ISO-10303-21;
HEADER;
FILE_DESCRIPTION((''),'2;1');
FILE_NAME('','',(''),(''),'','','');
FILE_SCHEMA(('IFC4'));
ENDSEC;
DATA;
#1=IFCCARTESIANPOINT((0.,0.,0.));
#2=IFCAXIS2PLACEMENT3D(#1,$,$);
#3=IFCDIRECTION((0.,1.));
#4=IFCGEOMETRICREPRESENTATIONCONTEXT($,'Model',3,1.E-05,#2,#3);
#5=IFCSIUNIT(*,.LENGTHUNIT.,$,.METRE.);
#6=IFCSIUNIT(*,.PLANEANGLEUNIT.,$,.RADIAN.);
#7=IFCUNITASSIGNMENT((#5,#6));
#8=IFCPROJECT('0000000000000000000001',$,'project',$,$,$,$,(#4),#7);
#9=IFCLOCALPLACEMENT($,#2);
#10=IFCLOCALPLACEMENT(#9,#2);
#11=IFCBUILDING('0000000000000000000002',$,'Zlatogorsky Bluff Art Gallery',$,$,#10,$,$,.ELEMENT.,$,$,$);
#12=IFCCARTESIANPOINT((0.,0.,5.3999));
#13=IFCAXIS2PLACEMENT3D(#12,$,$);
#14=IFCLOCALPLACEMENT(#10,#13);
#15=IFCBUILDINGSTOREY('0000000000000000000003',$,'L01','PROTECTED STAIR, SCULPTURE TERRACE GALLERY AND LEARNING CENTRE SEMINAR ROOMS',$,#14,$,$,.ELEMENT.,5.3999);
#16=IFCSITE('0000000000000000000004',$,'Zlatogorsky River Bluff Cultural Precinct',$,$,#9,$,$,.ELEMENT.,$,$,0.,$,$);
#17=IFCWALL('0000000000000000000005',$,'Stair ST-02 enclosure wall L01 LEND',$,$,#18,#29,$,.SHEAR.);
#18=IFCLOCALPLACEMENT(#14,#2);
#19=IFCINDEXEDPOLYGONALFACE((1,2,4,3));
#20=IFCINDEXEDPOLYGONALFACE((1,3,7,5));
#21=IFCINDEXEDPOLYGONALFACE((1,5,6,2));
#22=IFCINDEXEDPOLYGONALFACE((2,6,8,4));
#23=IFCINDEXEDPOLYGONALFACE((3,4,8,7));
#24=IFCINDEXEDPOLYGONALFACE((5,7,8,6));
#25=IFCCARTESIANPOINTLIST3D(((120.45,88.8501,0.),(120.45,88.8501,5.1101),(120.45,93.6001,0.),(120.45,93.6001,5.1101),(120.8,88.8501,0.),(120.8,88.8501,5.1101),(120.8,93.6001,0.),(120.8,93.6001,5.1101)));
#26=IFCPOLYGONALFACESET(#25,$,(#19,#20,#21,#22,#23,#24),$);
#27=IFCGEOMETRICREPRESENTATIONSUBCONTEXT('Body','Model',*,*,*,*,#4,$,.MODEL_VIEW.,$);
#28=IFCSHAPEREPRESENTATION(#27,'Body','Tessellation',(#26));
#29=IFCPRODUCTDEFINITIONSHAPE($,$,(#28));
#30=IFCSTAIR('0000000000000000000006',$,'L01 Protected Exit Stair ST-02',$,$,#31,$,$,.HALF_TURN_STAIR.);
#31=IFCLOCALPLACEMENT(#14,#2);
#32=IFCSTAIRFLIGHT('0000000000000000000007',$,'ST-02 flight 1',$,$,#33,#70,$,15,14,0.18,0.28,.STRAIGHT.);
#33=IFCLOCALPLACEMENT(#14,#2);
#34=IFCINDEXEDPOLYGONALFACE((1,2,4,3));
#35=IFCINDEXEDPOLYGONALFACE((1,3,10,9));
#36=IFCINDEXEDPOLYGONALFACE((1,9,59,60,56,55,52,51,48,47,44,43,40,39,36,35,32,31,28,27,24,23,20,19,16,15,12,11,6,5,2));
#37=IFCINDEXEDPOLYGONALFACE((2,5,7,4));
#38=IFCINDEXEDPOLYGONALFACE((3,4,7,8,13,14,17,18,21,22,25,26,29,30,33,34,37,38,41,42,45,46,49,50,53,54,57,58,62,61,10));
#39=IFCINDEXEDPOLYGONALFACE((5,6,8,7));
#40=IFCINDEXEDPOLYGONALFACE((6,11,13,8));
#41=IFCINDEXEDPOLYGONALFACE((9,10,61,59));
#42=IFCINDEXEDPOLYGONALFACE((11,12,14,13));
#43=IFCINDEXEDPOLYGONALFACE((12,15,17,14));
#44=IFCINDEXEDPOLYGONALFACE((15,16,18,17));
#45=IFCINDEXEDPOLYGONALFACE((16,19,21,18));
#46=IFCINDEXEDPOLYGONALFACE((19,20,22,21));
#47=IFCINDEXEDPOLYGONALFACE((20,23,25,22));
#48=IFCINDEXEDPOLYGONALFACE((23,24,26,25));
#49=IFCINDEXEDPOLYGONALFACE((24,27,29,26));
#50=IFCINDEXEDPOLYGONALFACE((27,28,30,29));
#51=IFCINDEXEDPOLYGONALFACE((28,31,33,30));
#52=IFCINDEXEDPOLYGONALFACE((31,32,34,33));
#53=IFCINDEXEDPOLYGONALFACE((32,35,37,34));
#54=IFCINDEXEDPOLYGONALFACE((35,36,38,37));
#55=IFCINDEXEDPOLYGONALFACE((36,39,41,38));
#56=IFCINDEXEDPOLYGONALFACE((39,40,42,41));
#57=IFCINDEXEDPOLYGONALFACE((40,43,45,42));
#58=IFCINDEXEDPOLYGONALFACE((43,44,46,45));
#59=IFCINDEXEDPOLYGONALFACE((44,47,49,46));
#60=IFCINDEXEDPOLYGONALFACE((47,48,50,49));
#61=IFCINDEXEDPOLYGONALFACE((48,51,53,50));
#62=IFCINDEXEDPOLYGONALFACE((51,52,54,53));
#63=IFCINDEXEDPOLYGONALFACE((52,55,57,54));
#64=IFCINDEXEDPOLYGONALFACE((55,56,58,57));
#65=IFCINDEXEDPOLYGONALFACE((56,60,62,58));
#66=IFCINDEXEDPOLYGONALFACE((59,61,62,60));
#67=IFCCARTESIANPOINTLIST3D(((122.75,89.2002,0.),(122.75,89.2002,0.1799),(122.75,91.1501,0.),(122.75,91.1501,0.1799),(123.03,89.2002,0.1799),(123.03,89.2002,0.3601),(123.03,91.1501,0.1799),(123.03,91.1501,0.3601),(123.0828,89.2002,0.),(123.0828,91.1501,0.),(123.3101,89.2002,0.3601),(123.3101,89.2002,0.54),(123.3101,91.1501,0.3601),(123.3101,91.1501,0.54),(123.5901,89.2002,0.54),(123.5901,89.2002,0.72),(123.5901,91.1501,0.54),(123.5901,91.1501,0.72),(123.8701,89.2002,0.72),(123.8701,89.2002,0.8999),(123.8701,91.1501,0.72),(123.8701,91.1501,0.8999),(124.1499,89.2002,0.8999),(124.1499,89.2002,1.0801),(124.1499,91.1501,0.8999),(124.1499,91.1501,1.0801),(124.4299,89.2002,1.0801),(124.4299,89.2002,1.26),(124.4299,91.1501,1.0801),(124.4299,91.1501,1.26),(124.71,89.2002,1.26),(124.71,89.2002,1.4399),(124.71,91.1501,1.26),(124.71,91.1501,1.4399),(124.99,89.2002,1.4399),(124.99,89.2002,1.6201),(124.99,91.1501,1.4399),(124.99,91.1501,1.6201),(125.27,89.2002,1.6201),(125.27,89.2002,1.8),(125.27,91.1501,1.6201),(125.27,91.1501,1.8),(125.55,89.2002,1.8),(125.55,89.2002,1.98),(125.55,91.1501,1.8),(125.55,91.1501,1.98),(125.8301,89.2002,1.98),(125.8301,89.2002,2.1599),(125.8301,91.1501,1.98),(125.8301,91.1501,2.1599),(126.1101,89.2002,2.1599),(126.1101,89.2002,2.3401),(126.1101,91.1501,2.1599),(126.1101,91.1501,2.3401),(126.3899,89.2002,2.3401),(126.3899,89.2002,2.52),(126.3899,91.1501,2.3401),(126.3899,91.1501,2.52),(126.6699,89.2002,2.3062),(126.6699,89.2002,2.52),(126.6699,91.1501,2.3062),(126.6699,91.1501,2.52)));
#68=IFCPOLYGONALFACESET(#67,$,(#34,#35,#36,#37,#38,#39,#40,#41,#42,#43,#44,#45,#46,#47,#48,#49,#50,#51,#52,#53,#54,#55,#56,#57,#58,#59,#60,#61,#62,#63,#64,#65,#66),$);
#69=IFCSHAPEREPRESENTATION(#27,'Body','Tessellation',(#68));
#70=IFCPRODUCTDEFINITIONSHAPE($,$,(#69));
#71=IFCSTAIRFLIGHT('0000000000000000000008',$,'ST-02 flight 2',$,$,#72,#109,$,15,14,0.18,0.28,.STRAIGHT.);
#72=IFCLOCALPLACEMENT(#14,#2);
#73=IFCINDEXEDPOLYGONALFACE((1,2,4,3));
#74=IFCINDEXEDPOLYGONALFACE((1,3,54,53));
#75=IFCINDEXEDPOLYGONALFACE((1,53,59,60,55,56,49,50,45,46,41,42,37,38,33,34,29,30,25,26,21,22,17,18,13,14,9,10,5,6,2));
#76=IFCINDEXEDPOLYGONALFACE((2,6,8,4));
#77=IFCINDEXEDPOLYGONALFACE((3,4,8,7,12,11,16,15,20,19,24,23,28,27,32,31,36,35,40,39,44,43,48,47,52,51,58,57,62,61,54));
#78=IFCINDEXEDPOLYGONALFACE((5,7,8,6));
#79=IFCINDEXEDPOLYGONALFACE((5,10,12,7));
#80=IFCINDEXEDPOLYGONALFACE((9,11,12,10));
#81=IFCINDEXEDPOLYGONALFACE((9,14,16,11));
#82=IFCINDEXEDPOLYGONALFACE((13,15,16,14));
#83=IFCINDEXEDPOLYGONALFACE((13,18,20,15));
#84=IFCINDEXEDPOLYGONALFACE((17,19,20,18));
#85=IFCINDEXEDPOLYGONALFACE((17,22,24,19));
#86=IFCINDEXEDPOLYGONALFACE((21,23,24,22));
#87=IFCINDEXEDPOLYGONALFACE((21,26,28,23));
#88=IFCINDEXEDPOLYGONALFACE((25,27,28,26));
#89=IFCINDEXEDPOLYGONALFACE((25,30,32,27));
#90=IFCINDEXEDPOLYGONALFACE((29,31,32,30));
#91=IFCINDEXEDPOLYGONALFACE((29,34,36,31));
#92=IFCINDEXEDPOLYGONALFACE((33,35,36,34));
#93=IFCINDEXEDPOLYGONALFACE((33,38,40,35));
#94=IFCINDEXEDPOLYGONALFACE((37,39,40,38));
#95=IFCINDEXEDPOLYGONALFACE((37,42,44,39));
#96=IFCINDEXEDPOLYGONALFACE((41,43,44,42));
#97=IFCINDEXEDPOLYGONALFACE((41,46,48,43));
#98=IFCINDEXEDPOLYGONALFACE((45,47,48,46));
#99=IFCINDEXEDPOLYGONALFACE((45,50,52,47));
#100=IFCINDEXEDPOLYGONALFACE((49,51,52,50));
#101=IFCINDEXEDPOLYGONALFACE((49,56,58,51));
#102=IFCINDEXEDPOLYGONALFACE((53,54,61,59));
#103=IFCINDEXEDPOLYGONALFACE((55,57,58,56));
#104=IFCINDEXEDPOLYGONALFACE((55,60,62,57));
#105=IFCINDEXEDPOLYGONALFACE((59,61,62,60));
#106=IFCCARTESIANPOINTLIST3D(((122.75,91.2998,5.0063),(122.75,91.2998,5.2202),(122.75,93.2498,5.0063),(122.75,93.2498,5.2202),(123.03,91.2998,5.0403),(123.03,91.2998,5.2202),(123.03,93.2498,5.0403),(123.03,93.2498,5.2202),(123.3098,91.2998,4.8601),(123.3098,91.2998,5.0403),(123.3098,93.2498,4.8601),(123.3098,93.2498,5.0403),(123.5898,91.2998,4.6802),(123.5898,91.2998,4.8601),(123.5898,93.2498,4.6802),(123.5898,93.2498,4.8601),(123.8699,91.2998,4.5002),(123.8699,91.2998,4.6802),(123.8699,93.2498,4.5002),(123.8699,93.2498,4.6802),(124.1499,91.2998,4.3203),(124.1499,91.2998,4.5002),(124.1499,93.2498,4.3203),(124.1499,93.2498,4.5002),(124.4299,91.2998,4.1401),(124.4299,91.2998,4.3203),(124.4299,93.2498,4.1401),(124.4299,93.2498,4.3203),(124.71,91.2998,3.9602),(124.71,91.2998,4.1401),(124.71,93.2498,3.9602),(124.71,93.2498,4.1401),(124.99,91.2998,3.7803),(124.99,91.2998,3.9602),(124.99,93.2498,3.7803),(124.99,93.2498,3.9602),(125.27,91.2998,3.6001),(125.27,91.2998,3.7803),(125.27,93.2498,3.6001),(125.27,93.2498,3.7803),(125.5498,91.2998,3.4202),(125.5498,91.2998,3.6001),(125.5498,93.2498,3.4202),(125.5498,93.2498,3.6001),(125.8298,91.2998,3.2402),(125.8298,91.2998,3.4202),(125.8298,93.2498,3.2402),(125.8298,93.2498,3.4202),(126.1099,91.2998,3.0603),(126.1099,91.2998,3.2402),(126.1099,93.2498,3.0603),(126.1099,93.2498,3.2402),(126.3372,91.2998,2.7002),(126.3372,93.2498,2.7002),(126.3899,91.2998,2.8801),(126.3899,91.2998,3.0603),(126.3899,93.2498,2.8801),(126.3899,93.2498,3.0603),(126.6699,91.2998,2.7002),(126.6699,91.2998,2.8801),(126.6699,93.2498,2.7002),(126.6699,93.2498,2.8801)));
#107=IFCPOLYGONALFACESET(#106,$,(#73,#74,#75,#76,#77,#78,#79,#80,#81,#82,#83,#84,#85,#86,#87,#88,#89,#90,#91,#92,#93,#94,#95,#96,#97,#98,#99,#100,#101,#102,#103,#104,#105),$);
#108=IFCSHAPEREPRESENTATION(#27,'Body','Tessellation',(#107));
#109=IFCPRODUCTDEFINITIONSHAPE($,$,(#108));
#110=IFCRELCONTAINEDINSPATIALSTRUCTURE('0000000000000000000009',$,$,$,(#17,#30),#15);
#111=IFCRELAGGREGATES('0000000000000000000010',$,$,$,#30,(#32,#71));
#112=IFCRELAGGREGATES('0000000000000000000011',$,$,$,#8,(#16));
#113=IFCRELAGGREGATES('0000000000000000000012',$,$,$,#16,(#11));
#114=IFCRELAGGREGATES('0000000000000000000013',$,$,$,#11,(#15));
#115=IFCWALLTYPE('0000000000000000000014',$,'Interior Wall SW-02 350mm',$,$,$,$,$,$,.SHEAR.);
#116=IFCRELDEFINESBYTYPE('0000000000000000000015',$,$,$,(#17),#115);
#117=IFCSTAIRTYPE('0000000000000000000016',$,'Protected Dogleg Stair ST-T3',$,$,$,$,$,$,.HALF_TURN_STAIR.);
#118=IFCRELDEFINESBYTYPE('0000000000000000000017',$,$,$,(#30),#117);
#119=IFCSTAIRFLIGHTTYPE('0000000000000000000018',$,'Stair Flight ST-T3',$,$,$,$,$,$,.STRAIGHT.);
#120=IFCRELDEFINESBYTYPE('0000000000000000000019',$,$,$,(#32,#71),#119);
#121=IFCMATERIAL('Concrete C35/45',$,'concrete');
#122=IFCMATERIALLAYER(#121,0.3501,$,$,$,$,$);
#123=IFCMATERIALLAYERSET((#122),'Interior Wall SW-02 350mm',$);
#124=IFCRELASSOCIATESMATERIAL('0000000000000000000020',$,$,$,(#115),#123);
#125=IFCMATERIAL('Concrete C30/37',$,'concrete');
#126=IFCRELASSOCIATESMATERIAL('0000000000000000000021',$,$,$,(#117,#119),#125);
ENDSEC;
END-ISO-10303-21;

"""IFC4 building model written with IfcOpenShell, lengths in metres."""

from ifc_helpers import new_model, si_unit, direction, frame, frame_2d, origin, place, context, subcontext, project, spatial, polyline, rectangle, outline, extrude, material, layer, layer_set, type_object, element, aggregate, save


model = new_model("IFC4")

# Units and contexts
model_context = context("Model", 3, precision=1e-05, world=origin(), true_north=direction((0.0, 1.0)))
body_context = subcontext(model_context, "Body", "Model", "MODEL_VIEW")
ifc_project = project(units=[si_unit("LENGTHUNIT", "METRE"), si_unit("PLANEANGLEUNIT", "RADIAN")], contexts=[model_context])

# Site, building, storey
site_placement = place(None, origin())
site = spatial("IfcSite", under=ifc_project, at=site_placement, Name="Zlatogorsky River Bluff Cultural Precinct", CompositionType="ELEMENT", RefElevation=0.0)
building_placement = place(site_placement, origin())
building = spatial("IfcBuilding", under=site, at=building_placement, Name="Zlatogorsky Bluff Art Gallery", CompositionType="ELEMENT")
storey_placement = place(building_placement, frame((0.0, 0.0, 5.3999)))
storey = spatial("IfcBuildingStorey", under=building, at=storey_placement, Name="L01", Description="PROTECTED STAIR, SCULPTURE TERRACE GALLERY AND LEARNING CENTRE SEMINAR ROOMS", CompositionType="ELEMENT", Elevation=5.3999)

# Shared definitions
ifc_material_1 = material(Name="Concrete C30/37", Category="concrete")

# Shared definitions
ifc_material_2 = material(Name="Concrete C35/45", Category="concrete")

# Shared definitions
ifc_layer_1 = layer(ifc_material_2, 0.3501)
ifc_layer_set_1 = layer_set([ifc_layer_1], Name="Interior Wall SW-02 350mm")
wall_type_1 = type_object("IfcWallType", Name="Interior Wall SW-02 350mm", PredefinedType="SHEAR", material=ifc_layer_set_1)

# Wall
wall_1_placement = place(storey_placement, frame((120.625, 93.6001, 0.0), z_axis=(0.0, 0.0, 1.0), x_axis=(0.0, -1.0, 0.0)))
element("IfcWall", 1, at=wall_1_placement, inside=storey, type_object=wall_type_1, Name="Stair ST-02 enclosure wall L01 LEND", PredefinedType="SHEAR", context=body_context, shape_type="SweptSolid", body=[
    extrude(rectangle(XDim=4.75, YDim=0.3501, at=frame_2d((2.375, 0.0))), origin(), (0.0, 0.0, 1.0), 5.1101),
])

# Stair, stair flights
stair_type = type_object("IfcStairType", Name="Protected Dogleg Stair ST-T3", PredefinedType="HALF_TURN_STAIR", material=ifc_material_1)
stair_placement = place(storey_placement, origin())
stair = element("IfcStair", 2, at=stair_placement, inside=storey, type_object=stair_type, Name="L01 Protected Exit Stair ST-02", PredefinedType="HALF_TURN_STAIR")
stair_flight_type = type_object("IfcStairFlightType", Name="Stair Flight ST-T3", PredefinedType="STRAIGHT", material=ifc_material_1)
stair_flight_1_placement = place(storey_placement, frame((122.75, 90.175, 0.0), z_axis=(0.0, 0.0, 1.0), x_axis=(1.0, 0.0, 0.0)))
stair_flight_1 = element("IfcStairFlight", 3, at=stair_flight_1_placement, type_object=stair_flight_type, Name="ST-02 flight 1", NumberOfRisers=15, NumberOfTreads=14, PredefinedType="STRAIGHT", RiserHeight=0.18, TreadLength=0.28, context=body_context, shape_type="SweptSolid", body=[
    extrude(outline(polyline([(0.0, 0.0), (0.0, 0.1799), (0.28, 0.1799), (0.28, 0.3601), (0.5601, 0.3601), (0.5601, 0.54), (0.8401, 0.54), (0.8401, 0.72), (1.1201, 0.72), (1.1201, 0.8999), (1.3999, 0.8999), (1.3999, 1.0801), (1.6799, 1.0801), (1.6799, 1.26), (1.96, 1.26), (1.96, 1.4399), (2.24, 1.4399), (2.24, 1.6201), (2.52, 1.6201), (2.52, 1.8), (2.8, 1.8), (2.8, 1.98), (3.0801, 1.98), (3.0801, 2.1599), (3.3601, 2.1599), (3.3601, 2.3401), (3.6399, 2.3401), (3.6399, 2.52), (3.9199, 2.52), (3.9199, 2.7), (3.9199, 2.3062), (0.3328, 0.0), (0.0, 0.0)])), frame((0.0, 0.9751, 0.0), z_axis=(0.0, -1.0, 0.0), x_axis=(1.0, 0.0, 0.0)), (0.0, 0.0, 1.0), 1.95),
])
stair_flight_2_placement = place(storey_placement, frame((126.6699, 92.2749, 2.7002), z_axis=(0.0, 0.0, 1.0), x_axis=(-1.0, 0.0, 0.0)))
stair_flight_2 = element("IfcStairFlight", 4, at=stair_flight_2_placement, type_object=stair_flight_type, Name="ST-02 flight 2", NumberOfRisers=15, NumberOfTreads=14, PredefinedType="STRAIGHT", RiserHeight=0.18, TreadLength=0.28, context=body_context, shape_type="SweptSolid", body=[
    extrude(outline(polyline([(0.0, 0.0), (0.0, 0.1799), (0.28, 0.1799), (0.28, 0.3601), (0.5601, 0.3601), (0.5601, 0.54), (0.8401, 0.54), (0.8401, 0.72), (1.1201, 0.72), (1.1201, 0.8999), (1.3999, 0.8999), (1.3999, 1.0801), (1.6799, 1.0801), (1.6799, 1.26), (1.96, 1.26), (1.96, 1.4399), (2.24, 1.4399), (2.24, 1.6201), (2.52, 1.6201), (2.52, 1.8), (2.8, 1.8), (2.8, 1.98), (3.0801, 1.98), (3.0801, 2.1599), (3.3601, 2.1599), (3.3601, 2.3401), (3.6399, 2.3401), (3.6399, 2.52), (3.9199, 2.52), (3.9199, 2.7), (3.9199, 2.3062), (0.3328, 0.0), (0.0, 0.0)])), frame((0.0, 0.9751, 0.0), z_axis=(0.0, -1.0, 0.0), x_axis=(1.0, 0.0, 0.0)), (0.0, 0.0, 1.0), 1.95),
])
aggregate(stair, [stair_flight_1, stair_flight_2])

save(model, "model.ifc")
